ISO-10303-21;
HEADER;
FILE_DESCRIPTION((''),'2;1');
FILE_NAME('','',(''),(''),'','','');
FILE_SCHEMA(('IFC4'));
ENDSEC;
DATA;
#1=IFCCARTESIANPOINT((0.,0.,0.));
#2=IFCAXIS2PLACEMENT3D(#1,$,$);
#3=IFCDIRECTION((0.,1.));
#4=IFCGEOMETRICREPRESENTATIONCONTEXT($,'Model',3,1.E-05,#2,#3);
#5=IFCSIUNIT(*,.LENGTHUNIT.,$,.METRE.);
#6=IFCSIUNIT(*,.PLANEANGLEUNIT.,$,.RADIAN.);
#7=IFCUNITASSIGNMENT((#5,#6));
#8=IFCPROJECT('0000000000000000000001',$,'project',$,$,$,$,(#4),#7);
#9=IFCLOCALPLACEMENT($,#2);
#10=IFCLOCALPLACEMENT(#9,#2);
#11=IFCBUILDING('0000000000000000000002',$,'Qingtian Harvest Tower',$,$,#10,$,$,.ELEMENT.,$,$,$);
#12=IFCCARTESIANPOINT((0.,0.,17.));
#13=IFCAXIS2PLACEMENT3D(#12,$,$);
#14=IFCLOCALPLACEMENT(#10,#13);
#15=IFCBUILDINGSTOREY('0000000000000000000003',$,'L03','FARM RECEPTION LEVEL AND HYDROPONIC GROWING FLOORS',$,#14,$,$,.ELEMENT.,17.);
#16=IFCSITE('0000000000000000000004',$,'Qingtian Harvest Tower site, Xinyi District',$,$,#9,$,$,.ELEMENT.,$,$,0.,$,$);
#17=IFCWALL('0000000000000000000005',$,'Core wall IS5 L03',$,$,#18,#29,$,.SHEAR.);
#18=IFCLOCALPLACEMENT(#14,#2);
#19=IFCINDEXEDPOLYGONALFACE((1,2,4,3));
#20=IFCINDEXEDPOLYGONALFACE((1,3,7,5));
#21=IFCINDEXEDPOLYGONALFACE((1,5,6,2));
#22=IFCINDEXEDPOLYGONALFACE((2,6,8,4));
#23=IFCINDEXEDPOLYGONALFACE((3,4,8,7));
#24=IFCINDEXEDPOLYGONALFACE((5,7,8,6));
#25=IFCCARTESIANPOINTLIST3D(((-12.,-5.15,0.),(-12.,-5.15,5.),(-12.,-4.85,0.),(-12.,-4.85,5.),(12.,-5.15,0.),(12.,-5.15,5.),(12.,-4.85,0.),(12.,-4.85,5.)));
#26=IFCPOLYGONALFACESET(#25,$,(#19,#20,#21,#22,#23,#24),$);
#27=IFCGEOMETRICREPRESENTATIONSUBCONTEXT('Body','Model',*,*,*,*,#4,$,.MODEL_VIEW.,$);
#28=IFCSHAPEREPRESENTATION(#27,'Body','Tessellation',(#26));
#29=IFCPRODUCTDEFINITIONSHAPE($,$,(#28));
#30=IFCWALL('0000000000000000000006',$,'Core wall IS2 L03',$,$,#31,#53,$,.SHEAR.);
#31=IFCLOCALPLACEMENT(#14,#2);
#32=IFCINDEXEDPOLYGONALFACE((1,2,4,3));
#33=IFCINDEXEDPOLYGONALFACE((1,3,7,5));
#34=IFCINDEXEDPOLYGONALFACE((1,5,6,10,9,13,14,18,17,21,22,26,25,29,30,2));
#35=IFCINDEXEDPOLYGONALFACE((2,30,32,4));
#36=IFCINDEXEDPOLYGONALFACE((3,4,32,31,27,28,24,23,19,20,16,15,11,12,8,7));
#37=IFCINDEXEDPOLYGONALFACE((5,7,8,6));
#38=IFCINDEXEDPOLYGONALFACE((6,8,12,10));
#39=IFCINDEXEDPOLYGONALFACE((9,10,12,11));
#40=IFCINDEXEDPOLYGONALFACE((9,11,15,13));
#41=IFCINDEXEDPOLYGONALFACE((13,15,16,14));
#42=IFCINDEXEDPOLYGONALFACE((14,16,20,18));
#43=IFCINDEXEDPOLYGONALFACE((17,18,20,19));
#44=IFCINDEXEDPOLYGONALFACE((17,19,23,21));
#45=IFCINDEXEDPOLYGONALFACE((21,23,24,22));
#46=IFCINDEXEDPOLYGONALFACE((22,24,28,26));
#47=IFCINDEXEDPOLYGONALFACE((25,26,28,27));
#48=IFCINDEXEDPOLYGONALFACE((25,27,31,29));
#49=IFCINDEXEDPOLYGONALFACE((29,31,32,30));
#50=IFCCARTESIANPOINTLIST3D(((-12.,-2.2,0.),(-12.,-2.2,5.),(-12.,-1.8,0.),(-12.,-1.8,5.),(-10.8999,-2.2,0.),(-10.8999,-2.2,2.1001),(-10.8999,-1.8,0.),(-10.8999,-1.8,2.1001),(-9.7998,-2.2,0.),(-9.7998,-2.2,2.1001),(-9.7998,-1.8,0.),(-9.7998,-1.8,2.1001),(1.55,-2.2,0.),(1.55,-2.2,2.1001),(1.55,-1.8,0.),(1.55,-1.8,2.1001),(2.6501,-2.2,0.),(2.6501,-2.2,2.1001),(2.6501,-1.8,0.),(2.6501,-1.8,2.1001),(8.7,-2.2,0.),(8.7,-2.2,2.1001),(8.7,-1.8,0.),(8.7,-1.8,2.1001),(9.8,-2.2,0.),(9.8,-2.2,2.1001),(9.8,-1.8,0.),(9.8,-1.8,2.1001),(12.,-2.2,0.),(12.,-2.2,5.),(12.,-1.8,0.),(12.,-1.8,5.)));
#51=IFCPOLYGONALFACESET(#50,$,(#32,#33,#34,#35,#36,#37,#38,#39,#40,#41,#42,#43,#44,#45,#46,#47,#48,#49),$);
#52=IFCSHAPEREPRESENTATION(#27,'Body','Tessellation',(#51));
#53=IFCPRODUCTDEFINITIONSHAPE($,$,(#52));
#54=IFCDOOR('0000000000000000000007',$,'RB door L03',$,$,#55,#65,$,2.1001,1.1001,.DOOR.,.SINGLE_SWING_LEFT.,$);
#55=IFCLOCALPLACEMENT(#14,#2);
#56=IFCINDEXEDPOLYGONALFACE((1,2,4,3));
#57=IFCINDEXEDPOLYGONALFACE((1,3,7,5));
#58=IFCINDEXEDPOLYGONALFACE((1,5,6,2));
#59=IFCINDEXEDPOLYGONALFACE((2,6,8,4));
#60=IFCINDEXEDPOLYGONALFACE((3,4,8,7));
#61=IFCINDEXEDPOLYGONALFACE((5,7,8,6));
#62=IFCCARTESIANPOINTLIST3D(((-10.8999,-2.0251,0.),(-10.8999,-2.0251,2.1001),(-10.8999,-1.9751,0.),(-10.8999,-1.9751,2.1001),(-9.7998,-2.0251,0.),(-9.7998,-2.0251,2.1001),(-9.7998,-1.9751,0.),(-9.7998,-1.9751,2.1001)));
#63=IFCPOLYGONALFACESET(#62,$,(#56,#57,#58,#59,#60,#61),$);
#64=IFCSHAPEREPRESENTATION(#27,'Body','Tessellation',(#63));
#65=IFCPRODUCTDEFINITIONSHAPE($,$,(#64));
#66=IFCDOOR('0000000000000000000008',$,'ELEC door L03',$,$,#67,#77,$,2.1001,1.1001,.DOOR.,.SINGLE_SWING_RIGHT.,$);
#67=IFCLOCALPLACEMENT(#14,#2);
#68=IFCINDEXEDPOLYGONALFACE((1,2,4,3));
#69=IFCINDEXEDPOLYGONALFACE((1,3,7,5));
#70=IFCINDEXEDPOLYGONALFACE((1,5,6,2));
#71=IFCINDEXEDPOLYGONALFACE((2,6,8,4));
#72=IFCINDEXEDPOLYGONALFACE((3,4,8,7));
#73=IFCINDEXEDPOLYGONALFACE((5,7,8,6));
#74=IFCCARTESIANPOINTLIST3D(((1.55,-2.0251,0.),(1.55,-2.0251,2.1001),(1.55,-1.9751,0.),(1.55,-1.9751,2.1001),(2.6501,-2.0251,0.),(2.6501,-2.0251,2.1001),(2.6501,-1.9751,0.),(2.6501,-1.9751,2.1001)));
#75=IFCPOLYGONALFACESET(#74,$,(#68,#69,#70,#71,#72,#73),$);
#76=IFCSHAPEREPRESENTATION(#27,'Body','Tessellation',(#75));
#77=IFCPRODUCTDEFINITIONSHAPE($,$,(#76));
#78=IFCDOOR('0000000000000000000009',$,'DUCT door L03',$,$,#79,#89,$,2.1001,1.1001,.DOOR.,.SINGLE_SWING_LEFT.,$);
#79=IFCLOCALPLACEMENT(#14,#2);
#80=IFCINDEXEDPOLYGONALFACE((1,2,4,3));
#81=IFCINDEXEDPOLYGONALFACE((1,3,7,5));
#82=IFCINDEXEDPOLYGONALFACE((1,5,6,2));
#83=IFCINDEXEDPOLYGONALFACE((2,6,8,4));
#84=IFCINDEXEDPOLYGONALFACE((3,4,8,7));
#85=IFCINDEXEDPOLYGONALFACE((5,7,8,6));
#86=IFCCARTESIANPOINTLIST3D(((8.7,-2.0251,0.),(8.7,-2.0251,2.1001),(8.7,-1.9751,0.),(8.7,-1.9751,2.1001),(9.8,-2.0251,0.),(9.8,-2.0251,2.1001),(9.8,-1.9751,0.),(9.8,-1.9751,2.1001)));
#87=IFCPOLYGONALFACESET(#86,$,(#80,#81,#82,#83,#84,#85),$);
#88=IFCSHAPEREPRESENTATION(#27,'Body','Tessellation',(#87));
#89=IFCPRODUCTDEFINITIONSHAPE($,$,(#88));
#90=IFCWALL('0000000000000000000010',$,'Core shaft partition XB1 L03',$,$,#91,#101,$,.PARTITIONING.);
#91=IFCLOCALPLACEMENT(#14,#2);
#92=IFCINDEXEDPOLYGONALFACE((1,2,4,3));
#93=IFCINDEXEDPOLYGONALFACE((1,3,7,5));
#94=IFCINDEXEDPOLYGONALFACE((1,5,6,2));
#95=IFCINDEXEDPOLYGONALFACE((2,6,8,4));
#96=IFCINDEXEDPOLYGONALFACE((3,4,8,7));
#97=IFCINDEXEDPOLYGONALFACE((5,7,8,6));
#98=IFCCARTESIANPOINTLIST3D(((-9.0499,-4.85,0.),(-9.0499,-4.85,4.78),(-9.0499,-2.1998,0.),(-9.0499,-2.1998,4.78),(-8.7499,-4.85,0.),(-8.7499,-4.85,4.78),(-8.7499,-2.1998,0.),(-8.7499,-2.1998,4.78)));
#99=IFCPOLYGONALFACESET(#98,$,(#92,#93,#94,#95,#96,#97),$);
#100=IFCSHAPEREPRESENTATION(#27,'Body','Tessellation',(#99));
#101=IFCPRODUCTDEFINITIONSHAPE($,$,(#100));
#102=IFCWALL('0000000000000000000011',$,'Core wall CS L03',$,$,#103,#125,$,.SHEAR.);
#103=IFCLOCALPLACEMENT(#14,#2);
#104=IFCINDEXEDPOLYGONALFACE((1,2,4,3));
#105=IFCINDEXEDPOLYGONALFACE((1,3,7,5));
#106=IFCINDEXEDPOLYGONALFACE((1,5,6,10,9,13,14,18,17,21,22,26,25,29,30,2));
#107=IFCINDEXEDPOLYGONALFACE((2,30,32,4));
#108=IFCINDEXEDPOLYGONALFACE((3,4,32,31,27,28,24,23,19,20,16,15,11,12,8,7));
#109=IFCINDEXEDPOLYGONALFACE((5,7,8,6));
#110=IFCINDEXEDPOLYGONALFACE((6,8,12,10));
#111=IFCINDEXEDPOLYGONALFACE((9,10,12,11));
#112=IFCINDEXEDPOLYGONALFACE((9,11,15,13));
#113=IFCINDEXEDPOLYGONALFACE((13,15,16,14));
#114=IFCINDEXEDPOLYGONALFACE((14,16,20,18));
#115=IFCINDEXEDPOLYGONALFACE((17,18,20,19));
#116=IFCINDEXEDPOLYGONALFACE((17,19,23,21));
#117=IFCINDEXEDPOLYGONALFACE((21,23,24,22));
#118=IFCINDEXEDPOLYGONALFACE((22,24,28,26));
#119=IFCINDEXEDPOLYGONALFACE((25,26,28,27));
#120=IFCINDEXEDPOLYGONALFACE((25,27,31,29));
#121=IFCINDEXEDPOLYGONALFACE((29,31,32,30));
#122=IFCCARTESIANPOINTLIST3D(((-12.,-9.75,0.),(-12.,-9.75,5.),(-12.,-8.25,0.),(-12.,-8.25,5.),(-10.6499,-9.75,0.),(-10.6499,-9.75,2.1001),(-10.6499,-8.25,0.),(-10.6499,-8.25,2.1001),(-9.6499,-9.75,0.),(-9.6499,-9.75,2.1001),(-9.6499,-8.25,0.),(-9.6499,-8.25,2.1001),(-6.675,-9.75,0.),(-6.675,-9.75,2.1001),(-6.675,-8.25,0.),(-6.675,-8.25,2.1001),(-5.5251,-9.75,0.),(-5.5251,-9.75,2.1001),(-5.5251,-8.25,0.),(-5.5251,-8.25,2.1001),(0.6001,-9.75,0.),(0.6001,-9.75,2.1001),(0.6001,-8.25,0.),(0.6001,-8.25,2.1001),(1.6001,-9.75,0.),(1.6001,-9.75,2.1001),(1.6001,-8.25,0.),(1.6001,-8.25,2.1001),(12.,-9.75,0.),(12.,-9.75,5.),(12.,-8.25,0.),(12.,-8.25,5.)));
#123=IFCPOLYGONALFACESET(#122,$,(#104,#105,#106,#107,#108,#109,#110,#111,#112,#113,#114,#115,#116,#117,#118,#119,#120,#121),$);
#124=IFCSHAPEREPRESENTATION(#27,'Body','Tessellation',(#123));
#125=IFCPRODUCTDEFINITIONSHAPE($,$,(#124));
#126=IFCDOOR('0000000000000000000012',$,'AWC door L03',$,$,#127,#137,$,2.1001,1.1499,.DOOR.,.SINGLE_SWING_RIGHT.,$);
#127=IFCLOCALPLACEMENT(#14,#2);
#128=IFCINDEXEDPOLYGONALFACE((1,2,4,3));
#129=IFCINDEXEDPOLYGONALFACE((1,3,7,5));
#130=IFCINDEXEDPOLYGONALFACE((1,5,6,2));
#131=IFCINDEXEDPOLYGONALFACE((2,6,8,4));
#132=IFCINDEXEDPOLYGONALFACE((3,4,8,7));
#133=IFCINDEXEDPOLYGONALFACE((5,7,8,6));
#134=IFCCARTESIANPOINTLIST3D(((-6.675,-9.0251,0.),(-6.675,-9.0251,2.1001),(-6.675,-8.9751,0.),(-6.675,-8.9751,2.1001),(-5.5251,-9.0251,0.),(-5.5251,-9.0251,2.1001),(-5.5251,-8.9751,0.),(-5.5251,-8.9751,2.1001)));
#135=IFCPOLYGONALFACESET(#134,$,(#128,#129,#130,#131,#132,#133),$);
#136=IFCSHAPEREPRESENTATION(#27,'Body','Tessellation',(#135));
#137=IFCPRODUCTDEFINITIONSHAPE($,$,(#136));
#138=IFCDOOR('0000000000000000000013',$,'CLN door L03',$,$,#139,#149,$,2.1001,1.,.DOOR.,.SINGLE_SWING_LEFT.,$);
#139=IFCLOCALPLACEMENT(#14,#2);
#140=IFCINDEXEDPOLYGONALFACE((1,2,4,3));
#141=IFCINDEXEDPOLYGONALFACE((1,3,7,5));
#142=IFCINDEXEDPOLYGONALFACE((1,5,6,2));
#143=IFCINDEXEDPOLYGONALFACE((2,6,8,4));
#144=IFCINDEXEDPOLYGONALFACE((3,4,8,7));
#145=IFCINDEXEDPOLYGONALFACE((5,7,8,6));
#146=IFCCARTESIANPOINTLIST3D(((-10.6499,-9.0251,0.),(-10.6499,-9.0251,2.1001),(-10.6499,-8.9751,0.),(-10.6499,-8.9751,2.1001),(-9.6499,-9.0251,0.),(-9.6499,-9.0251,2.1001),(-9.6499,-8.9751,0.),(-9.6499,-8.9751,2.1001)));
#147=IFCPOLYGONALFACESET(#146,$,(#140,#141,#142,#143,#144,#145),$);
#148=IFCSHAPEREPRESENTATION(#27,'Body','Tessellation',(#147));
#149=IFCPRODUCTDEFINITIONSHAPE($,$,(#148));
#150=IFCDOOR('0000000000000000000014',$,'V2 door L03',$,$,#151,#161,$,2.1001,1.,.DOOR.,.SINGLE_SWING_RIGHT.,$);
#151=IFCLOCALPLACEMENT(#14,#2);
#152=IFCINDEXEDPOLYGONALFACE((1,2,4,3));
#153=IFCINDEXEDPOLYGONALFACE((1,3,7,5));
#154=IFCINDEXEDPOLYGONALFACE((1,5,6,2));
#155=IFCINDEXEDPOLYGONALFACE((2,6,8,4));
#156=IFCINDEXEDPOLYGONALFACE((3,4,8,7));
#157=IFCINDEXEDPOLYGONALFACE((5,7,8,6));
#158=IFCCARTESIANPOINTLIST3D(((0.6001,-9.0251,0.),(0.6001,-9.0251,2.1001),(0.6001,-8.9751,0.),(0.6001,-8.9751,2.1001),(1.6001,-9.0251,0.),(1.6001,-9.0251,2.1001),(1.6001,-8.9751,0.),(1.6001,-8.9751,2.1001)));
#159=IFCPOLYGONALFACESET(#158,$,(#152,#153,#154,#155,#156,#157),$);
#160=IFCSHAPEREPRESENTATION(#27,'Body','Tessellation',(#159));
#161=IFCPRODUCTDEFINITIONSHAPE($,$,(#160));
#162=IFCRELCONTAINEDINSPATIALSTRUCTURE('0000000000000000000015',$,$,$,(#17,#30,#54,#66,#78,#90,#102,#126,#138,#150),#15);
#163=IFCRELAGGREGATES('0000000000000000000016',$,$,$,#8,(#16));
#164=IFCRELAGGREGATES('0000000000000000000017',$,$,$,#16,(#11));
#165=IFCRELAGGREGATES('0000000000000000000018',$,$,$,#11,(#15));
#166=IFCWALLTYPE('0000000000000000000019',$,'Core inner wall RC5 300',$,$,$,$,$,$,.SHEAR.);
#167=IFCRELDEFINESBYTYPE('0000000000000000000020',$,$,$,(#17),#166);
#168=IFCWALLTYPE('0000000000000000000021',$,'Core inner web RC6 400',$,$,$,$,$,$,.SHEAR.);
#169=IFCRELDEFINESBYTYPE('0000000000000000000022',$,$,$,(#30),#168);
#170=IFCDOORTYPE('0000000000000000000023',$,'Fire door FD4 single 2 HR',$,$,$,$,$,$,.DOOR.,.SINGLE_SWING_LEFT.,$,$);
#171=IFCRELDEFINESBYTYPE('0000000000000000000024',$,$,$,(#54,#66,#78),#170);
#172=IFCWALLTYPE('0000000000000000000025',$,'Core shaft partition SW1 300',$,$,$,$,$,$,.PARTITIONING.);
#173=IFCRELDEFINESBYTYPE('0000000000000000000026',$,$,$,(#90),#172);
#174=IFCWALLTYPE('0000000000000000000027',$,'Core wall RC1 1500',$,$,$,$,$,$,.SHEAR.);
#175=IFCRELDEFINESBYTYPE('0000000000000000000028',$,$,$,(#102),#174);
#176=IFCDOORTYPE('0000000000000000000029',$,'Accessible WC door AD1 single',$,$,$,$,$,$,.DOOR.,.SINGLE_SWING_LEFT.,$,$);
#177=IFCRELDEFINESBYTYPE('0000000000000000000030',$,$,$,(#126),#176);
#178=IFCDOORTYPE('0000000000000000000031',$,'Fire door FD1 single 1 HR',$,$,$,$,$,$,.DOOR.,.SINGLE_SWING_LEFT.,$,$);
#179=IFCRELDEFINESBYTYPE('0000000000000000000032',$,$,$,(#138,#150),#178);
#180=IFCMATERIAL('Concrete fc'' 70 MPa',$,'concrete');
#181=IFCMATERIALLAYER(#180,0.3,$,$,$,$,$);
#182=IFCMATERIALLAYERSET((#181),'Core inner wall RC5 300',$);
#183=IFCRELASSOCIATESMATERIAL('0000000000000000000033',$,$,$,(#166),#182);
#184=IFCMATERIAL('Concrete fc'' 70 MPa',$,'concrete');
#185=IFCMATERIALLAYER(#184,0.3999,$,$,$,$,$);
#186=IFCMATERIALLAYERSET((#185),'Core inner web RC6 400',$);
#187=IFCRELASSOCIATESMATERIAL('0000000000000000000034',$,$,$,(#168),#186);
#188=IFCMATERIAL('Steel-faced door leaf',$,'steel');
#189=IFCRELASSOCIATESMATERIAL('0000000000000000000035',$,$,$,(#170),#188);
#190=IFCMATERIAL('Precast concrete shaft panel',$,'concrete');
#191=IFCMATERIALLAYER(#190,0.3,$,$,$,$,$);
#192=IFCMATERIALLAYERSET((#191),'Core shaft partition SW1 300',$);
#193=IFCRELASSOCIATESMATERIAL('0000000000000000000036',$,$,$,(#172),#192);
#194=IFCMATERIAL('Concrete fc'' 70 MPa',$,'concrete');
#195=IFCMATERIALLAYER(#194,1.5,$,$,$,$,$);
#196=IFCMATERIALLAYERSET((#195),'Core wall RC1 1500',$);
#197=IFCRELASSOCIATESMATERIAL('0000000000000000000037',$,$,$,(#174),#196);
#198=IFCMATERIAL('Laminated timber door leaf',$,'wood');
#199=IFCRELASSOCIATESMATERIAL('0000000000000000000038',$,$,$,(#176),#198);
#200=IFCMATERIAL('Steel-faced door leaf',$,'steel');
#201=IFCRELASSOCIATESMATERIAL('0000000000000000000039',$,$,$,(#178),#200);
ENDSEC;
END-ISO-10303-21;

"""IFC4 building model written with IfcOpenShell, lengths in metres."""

from ifc_helpers import new_model, si_unit, direction, frame, frame_2d, origin, place, context, subcontext, project, spatial, rectangle, extrude, material, layer, layer_set, type_object, element, fill, save


model = new_model("IFC4")

# Units and contexts
model_context = context("Model", 3, precision=1e-05, world=origin(), true_north=direction((0.0, 1.0)))
body_context = subcontext(model_context, "Body", "Model", "MODEL_VIEW")
ifc_project = project(units=[si_unit("LENGTHUNIT", "METRE"), si_unit("PLANEANGLEUNIT", "RADIAN")], contexts=[model_context])

# Site, building, storey
site_placement = place(None, origin())
site = spatial("IfcSite", under=ifc_project, at=site_placement, Name="Qingtian Harvest Tower site, Xinyi District", CompositionType="ELEMENT", RefElevation=0.0)
building_placement = place(site_placement, origin())
building = spatial("IfcBuilding", under=site, at=building_placement, Name="Qingtian Harvest Tower", CompositionType="ELEMENT")
storey_placement = place(building_placement, frame((0.0, 0.0, 17.0)))
storey = spatial("IfcBuildingStorey", under=building, at=storey_placement, Name="L03", Description="FARM RECEPTION LEVEL AND HYDROPONIC GROWING FLOORS", CompositionType="ELEMENT", Elevation=17.0)

# Wall
ifc_material_1 = material(Name="Concrete fc' 70 MPa", Category="concrete")
ifc_layer_1 = layer(ifc_material_1, 0.3)
ifc_layer_set_1 = layer_set([ifc_layer_1], Name="Core inner wall RC5 300")
wall_type_1 = type_object("IfcWallType", Name="Core inner wall RC5 300", PredefinedType="SHEAR", material=ifc_layer_set_1)
wall_1_placement = place(storey_placement, frame((-12.0, -5.0, 0.0), z_axis=(0.0, 0.0, 1.0), x_axis=(1.0, 0.0, 0.0)))
element("IfcWall", 1, at=wall_1_placement, inside=storey, type_object=wall_type_1, Name="Core wall IS5 L03", PredefinedType="SHEAR", context=body_context, shape_type="SweptSolid", body=[
    extrude(rectangle(XDim=24.0, YDim=0.3, at=frame_2d((12.0, 0.0))), origin(), (0.0, 0.0, 1.0), 5.0),
])

# Wall, openings, doors
ifc_material_2 = material(Name="Concrete fc' 70 MPa", Category="concrete")
ifc_layer_2 = layer(ifc_material_2, 0.3999)
ifc_layer_set_2 = layer_set([ifc_layer_2], Name="Core inner web RC6 400")
wall_type_2 = type_object("IfcWallType", Name="Core inner web RC6 400", PredefinedType="SHEAR", material=ifc_layer_set_2)
wall_2_placement = place(storey_placement, frame((-12.0, -2.0, 0.0), z_axis=(0.0, 0.0, 1.0), x_axis=(1.0, 0.0, 0.0)))
wall_2 = element("IfcWall", 2, at=wall_2_placement, inside=storey, type_object=wall_type_2, Name="Core wall IS2 L03", PredefinedType="SHEAR", context=body_context, shape_type="SweptSolid", body=[
    extrude(rectangle(XDim=24.0, YDim=0.3999, at=frame_2d((12.0, 0.0))), origin(), (0.0, 0.0, 1.0), 5.0),
])
opening_1_placement = place(wall_2_placement, frame((1.1001, 0.0, 0.0)))
opening_1 = element("IfcOpeningElement", 3, at=opening_1_placement, cuts=wall_2, PredefinedType="OPENING", context=body_context, shape_type="SweptSolid", body=[
    extrude(rectangle(XDim=1.1001, YDim=2.1001, at=frame_2d((0.55, 1.05))), frame((0.0, 0.21, 0.0), z_axis=(0.0, -1.0, 0.0), x_axis=(1.0, 0.0, 0.0)), (0.0, 0.0, 1.0), 0.4199),
])
opening_2_placement = place(wall_2_placement, frame((13.55, 0.0, 0.0)))
opening_2 = element("IfcOpeningElement", 4, at=opening_2_placement, cuts=wall_2, PredefinedType="OPENING", context=body_context, shape_type="SweptSolid", body=[
    extrude(rectangle(XDim=1.1001, YDim=2.1001, at=frame_2d((0.55, 1.05))), frame((0.0, 0.21, 0.0), z_axis=(0.0, -1.0, 0.0), x_axis=(1.0, 0.0, 0.0)), (0.0, 0.0, 1.0), 0.4199),
])
opening_3_placement = place(wall_2_placement, frame((20.7, 0.0, 0.0)))
opening_3 = element("IfcOpeningElement", 5, at=opening_3_placement, cuts=wall_2, PredefinedType="OPENING", context=body_context, shape_type="SweptSolid", body=[
    extrude(rectangle(XDim=1.1001, YDim=2.1001, at=frame_2d((0.55, 1.05))), frame((0.0, 0.21, 0.0), z_axis=(0.0, -1.0, 0.0), x_axis=(1.0, 0.0, 0.0)), (0.0, 0.0, 1.0), 0.4199),
])
ifc_material_3 = material(Name="Steel-faced door leaf", Category="steel")
door_type_1 = type_object("IfcDoorType", Name="Fire door FD4 single 2 HR", OperationType="SINGLE_SWING_LEFT", PredefinedType="DOOR", material=ifc_material_3)
door_1_placement = place(opening_1_placement, origin())
door_1 = element("IfcDoor", 6, at=door_1_placement, inside=storey, type_object=door_type_1, Name="RB door L03", OperationType="SINGLE_SWING_LEFT", OverallHeight=2.1001, OverallWidth=1.1001, PredefinedType="DOOR", context=body_context, shape_type="SweptSolid", body=[
    extrude(rectangle(XDim=1.1001, YDim=2.1001, at=frame_2d((0.55, 1.05))), frame((0.0, 0.0249, 0.0), z_axis=(0.0, -1.0, 0.0), x_axis=(1.0, 0.0, 0.0)), (0.0, 0.0, 1.0), 0.05),
])
fill(opening_1, door_1)
door_2_placement = place(opening_2_placement, origin())
door_2 = element("IfcDoor", 7, at=door_2_placement, inside=storey, type_object=door_type_1, Name="ELEC door L03", OperationType="SINGLE_SWING_RIGHT", OverallHeight=2.1001, OverallWidth=1.1001, PredefinedType="DOOR", context=body_context, shape_type="SweptSolid", body=[
    extrude(rectangle(XDim=1.1001, YDim=2.1001, at=frame_2d((0.55, 1.05))), frame((0.0, 0.0249, 0.0), z_axis=(0.0, -1.0, 0.0), x_axis=(1.0, 0.0, 0.0)), (0.0, 0.0, 1.0), 0.05),
])
fill(opening_2, door_2)
door_3_placement = place(opening_3_placement, origin())
door_3 = element("IfcDoor", 8, at=door_3_placement, inside=storey, type_object=door_type_1, Name="DUCT door L03", OperationType="SINGLE_SWING_LEFT", OverallHeight=2.1001, OverallWidth=1.1001, PredefinedType="DOOR", context=body_context, shape_type="SweptSolid", body=[
    extrude(rectangle(XDim=1.1001, YDim=2.1001, at=frame_2d((0.55, 1.05))), frame((0.0, 0.0249, 0.0), z_axis=(0.0, -1.0, 0.0), x_axis=(1.0, 0.0, 0.0)), (0.0, 0.0, 1.0), 0.05),
])
fill(opening_3, door_3)

# Wall
ifc_material_4 = material(Name="Precast concrete shaft panel", Category="concrete")
ifc_layer_3 = layer(ifc_material_4, 0.3)
ifc_layer_set_3 = layer_set([ifc_layer_3], Name="Core shaft partition SW1 300")
wall_type_3 = type_object("IfcWallType", Name="Core shaft partition SW1 300", PredefinedType="PARTITIONING", material=ifc_layer_set_3)
wall_3_placement = place(storey_placement, frame((-8.8999, -4.8501, 0.0), z_axis=(0.0, 0.0, 1.0), x_axis=(0.0, 1.0, 0.0)))
element("IfcWall", 9, at=wall_3_placement, inside=storey, type_object=wall_type_3, Name="Core shaft partition XB1 L03", PredefinedType="PARTITIONING", context=body_context, shape_type="SweptSolid", body=[
    extrude(rectangle(XDim=2.6501, YDim=0.3, at=frame_2d((1.3252, 0.0))), origin(), (0.0, 0.0, 1.0), 4.78),
])

# Wall, openings, doors
ifc_material_5 = material(Name="Concrete fc' 70 MPa", Category="concrete")
ifc_layer_4 = layer(ifc_material_5, 1.5)
ifc_layer_set_4 = layer_set([ifc_layer_4], Name="Core wall RC1 1500")
wall_type_4 = type_object("IfcWallType", Name="Core wall RC1 1500", PredefinedType="SHEAR", material=ifc_layer_set_4)
wall_4_placement = place(storey_placement, frame((-12.0, -9.0, 0.0), z_axis=(0.0, 0.0, 1.0), x_axis=(1.0, 0.0, 0.0)))
wall_4 = element("IfcWall", 10, at=wall_4_placement, inside=storey, type_object=wall_type_4, Name="Core wall CS L03", PredefinedType="SHEAR", context=body_context, shape_type="SweptSolid", body=[
    extrude(rectangle(XDim=24.0, YDim=1.5, at=frame_2d((12.0, 0.0))), origin(), (0.0, 0.0, 1.0), 5.0),
])
opening_4_placement = place(wall_4_placement, frame((1.3501, 0.0, 0.0)))
opening_4 = element("IfcOpeningElement", 11, at=opening_4_placement, cuts=wall_4, PredefinedType="OPENING", context=body_context, shape_type="SweptSolid", body=[
    extrude(rectangle(XDim=1.0, YDim=2.1001, at=frame_2d((0.5, 1.05))), frame((0.0, 0.76, 0.0), z_axis=(0.0, -1.0, 0.0), x_axis=(1.0, 0.0, 0.0)), (0.0, 0.0, 1.0), 1.52),
])
opening_5_placement = place(wall_4_placement, frame((5.325, 0.0, 0.0)))
opening_5 = element("IfcOpeningElement", 12, at=opening_5_placement, cuts=wall_4, PredefinedType="OPENING", context=body_context, shape_type="SweptSolid", body=[
    extrude(rectangle(XDim=1.1499, YDim=2.1001, at=frame_2d((0.575, 1.05))), frame((0.0, 0.76, 0.0), z_axis=(0.0, -1.0, 0.0), x_axis=(1.0, 0.0, 0.0)), (0.0, 0.0, 1.0), 1.52),
])
opening_6_placement = place(wall_4_placement, frame((12.6001, 0.0, 0.0)))
opening_6 = element("IfcOpeningElement", 13, at=opening_6_placement, cuts=wall_4, PredefinedType="OPENING", context=body_context, shape_type="SweptSolid", body=[
    extrude(rectangle(XDim=1.0, YDim=2.1001, at=frame_2d((0.5, 1.05))), frame((0.0, 0.76, 0.0), z_axis=(0.0, -1.0, 0.0), x_axis=(1.0, 0.0, 0.0)), (0.0, 0.0, 1.0), 1.52),
])
ifc_material_6 = material(Name="Laminated timber door leaf", Category="wood")
door_type_2 = type_object("IfcDoorType", Name="Accessible WC door AD1 single", OperationType="SINGLE_SWING_LEFT", PredefinedType="DOOR", material=ifc_material_6)
door_4_placement = place(opening_5_placement, origin())
door_4 = element("IfcDoor", 14, at=door_4_placement, inside=storey, type_object=door_type_2, Name="AWC door L03", OperationType="SINGLE_SWING_RIGHT", OverallHeight=2.1001, OverallWidth=1.1499, PredefinedType="DOOR", context=body_context, shape_type="SweptSolid", body=[
    extrude(rectangle(XDim=1.1499, YDim=2.1001, at=frame_2d((0.575, 1.05))), frame((0.0, 0.0249, 0.0), z_axis=(0.0, -1.0, 0.0), x_axis=(1.0, 0.0, 0.0)), (0.0, 0.0, 1.0), 0.05),
])
fill(opening_5, door_4)
ifc_material_7 = material(Name="Steel-faced door leaf", Category="steel")
door_type_3 = type_object("IfcDoorType", Name="Fire door FD1 single 1 HR", OperationType="SINGLE_SWING_LEFT", PredefinedType="DOOR", material=ifc_material_7)
door_5_placement = place(opening_4_placement, origin())
door_5 = element("IfcDoor", 15, at=door_5_placement, inside=storey, type_object=door_type_3, Name="CLN door L03", OperationType="SINGLE_SWING_LEFT", OverallHeight=2.1001, OverallWidth=1.0, PredefinedType="DOOR", context=body_context, shape_type="SweptSolid", body=[
    extrude(rectangle(XDim=1.0, YDim=2.1001, at=frame_2d((0.5, 1.05))), frame((0.0, 0.0249, 0.0), z_axis=(0.0, -1.0, 0.0), x_axis=(1.0, 0.0, 0.0)), (0.0, 0.0, 1.0), 0.05),
])
fill(opening_4, door_5)
door_6_placement = place(opening_6_placement, origin())
door_6 = element("IfcDoor", 16, at=door_6_placement, inside=storey, type_object=door_type_3, Name="V2 door L03", OperationType="SINGLE_SWING_RIGHT", OverallHeight=2.1001, OverallWidth=1.0, PredefinedType="DOOR", context=body_context, shape_type="SweptSolid", body=[
    extrude(rectangle(XDim=1.0, YDim=2.1001, at=frame_2d((0.5, 1.05))), frame((0.0, 0.0249, 0.0), z_axis=(0.0, -1.0, 0.0), x_axis=(1.0, 0.0, 0.0)), (0.0, 0.0, 1.0), 0.05),
])
fill(opening_6, door_6)

save(model, "model.ifc")
